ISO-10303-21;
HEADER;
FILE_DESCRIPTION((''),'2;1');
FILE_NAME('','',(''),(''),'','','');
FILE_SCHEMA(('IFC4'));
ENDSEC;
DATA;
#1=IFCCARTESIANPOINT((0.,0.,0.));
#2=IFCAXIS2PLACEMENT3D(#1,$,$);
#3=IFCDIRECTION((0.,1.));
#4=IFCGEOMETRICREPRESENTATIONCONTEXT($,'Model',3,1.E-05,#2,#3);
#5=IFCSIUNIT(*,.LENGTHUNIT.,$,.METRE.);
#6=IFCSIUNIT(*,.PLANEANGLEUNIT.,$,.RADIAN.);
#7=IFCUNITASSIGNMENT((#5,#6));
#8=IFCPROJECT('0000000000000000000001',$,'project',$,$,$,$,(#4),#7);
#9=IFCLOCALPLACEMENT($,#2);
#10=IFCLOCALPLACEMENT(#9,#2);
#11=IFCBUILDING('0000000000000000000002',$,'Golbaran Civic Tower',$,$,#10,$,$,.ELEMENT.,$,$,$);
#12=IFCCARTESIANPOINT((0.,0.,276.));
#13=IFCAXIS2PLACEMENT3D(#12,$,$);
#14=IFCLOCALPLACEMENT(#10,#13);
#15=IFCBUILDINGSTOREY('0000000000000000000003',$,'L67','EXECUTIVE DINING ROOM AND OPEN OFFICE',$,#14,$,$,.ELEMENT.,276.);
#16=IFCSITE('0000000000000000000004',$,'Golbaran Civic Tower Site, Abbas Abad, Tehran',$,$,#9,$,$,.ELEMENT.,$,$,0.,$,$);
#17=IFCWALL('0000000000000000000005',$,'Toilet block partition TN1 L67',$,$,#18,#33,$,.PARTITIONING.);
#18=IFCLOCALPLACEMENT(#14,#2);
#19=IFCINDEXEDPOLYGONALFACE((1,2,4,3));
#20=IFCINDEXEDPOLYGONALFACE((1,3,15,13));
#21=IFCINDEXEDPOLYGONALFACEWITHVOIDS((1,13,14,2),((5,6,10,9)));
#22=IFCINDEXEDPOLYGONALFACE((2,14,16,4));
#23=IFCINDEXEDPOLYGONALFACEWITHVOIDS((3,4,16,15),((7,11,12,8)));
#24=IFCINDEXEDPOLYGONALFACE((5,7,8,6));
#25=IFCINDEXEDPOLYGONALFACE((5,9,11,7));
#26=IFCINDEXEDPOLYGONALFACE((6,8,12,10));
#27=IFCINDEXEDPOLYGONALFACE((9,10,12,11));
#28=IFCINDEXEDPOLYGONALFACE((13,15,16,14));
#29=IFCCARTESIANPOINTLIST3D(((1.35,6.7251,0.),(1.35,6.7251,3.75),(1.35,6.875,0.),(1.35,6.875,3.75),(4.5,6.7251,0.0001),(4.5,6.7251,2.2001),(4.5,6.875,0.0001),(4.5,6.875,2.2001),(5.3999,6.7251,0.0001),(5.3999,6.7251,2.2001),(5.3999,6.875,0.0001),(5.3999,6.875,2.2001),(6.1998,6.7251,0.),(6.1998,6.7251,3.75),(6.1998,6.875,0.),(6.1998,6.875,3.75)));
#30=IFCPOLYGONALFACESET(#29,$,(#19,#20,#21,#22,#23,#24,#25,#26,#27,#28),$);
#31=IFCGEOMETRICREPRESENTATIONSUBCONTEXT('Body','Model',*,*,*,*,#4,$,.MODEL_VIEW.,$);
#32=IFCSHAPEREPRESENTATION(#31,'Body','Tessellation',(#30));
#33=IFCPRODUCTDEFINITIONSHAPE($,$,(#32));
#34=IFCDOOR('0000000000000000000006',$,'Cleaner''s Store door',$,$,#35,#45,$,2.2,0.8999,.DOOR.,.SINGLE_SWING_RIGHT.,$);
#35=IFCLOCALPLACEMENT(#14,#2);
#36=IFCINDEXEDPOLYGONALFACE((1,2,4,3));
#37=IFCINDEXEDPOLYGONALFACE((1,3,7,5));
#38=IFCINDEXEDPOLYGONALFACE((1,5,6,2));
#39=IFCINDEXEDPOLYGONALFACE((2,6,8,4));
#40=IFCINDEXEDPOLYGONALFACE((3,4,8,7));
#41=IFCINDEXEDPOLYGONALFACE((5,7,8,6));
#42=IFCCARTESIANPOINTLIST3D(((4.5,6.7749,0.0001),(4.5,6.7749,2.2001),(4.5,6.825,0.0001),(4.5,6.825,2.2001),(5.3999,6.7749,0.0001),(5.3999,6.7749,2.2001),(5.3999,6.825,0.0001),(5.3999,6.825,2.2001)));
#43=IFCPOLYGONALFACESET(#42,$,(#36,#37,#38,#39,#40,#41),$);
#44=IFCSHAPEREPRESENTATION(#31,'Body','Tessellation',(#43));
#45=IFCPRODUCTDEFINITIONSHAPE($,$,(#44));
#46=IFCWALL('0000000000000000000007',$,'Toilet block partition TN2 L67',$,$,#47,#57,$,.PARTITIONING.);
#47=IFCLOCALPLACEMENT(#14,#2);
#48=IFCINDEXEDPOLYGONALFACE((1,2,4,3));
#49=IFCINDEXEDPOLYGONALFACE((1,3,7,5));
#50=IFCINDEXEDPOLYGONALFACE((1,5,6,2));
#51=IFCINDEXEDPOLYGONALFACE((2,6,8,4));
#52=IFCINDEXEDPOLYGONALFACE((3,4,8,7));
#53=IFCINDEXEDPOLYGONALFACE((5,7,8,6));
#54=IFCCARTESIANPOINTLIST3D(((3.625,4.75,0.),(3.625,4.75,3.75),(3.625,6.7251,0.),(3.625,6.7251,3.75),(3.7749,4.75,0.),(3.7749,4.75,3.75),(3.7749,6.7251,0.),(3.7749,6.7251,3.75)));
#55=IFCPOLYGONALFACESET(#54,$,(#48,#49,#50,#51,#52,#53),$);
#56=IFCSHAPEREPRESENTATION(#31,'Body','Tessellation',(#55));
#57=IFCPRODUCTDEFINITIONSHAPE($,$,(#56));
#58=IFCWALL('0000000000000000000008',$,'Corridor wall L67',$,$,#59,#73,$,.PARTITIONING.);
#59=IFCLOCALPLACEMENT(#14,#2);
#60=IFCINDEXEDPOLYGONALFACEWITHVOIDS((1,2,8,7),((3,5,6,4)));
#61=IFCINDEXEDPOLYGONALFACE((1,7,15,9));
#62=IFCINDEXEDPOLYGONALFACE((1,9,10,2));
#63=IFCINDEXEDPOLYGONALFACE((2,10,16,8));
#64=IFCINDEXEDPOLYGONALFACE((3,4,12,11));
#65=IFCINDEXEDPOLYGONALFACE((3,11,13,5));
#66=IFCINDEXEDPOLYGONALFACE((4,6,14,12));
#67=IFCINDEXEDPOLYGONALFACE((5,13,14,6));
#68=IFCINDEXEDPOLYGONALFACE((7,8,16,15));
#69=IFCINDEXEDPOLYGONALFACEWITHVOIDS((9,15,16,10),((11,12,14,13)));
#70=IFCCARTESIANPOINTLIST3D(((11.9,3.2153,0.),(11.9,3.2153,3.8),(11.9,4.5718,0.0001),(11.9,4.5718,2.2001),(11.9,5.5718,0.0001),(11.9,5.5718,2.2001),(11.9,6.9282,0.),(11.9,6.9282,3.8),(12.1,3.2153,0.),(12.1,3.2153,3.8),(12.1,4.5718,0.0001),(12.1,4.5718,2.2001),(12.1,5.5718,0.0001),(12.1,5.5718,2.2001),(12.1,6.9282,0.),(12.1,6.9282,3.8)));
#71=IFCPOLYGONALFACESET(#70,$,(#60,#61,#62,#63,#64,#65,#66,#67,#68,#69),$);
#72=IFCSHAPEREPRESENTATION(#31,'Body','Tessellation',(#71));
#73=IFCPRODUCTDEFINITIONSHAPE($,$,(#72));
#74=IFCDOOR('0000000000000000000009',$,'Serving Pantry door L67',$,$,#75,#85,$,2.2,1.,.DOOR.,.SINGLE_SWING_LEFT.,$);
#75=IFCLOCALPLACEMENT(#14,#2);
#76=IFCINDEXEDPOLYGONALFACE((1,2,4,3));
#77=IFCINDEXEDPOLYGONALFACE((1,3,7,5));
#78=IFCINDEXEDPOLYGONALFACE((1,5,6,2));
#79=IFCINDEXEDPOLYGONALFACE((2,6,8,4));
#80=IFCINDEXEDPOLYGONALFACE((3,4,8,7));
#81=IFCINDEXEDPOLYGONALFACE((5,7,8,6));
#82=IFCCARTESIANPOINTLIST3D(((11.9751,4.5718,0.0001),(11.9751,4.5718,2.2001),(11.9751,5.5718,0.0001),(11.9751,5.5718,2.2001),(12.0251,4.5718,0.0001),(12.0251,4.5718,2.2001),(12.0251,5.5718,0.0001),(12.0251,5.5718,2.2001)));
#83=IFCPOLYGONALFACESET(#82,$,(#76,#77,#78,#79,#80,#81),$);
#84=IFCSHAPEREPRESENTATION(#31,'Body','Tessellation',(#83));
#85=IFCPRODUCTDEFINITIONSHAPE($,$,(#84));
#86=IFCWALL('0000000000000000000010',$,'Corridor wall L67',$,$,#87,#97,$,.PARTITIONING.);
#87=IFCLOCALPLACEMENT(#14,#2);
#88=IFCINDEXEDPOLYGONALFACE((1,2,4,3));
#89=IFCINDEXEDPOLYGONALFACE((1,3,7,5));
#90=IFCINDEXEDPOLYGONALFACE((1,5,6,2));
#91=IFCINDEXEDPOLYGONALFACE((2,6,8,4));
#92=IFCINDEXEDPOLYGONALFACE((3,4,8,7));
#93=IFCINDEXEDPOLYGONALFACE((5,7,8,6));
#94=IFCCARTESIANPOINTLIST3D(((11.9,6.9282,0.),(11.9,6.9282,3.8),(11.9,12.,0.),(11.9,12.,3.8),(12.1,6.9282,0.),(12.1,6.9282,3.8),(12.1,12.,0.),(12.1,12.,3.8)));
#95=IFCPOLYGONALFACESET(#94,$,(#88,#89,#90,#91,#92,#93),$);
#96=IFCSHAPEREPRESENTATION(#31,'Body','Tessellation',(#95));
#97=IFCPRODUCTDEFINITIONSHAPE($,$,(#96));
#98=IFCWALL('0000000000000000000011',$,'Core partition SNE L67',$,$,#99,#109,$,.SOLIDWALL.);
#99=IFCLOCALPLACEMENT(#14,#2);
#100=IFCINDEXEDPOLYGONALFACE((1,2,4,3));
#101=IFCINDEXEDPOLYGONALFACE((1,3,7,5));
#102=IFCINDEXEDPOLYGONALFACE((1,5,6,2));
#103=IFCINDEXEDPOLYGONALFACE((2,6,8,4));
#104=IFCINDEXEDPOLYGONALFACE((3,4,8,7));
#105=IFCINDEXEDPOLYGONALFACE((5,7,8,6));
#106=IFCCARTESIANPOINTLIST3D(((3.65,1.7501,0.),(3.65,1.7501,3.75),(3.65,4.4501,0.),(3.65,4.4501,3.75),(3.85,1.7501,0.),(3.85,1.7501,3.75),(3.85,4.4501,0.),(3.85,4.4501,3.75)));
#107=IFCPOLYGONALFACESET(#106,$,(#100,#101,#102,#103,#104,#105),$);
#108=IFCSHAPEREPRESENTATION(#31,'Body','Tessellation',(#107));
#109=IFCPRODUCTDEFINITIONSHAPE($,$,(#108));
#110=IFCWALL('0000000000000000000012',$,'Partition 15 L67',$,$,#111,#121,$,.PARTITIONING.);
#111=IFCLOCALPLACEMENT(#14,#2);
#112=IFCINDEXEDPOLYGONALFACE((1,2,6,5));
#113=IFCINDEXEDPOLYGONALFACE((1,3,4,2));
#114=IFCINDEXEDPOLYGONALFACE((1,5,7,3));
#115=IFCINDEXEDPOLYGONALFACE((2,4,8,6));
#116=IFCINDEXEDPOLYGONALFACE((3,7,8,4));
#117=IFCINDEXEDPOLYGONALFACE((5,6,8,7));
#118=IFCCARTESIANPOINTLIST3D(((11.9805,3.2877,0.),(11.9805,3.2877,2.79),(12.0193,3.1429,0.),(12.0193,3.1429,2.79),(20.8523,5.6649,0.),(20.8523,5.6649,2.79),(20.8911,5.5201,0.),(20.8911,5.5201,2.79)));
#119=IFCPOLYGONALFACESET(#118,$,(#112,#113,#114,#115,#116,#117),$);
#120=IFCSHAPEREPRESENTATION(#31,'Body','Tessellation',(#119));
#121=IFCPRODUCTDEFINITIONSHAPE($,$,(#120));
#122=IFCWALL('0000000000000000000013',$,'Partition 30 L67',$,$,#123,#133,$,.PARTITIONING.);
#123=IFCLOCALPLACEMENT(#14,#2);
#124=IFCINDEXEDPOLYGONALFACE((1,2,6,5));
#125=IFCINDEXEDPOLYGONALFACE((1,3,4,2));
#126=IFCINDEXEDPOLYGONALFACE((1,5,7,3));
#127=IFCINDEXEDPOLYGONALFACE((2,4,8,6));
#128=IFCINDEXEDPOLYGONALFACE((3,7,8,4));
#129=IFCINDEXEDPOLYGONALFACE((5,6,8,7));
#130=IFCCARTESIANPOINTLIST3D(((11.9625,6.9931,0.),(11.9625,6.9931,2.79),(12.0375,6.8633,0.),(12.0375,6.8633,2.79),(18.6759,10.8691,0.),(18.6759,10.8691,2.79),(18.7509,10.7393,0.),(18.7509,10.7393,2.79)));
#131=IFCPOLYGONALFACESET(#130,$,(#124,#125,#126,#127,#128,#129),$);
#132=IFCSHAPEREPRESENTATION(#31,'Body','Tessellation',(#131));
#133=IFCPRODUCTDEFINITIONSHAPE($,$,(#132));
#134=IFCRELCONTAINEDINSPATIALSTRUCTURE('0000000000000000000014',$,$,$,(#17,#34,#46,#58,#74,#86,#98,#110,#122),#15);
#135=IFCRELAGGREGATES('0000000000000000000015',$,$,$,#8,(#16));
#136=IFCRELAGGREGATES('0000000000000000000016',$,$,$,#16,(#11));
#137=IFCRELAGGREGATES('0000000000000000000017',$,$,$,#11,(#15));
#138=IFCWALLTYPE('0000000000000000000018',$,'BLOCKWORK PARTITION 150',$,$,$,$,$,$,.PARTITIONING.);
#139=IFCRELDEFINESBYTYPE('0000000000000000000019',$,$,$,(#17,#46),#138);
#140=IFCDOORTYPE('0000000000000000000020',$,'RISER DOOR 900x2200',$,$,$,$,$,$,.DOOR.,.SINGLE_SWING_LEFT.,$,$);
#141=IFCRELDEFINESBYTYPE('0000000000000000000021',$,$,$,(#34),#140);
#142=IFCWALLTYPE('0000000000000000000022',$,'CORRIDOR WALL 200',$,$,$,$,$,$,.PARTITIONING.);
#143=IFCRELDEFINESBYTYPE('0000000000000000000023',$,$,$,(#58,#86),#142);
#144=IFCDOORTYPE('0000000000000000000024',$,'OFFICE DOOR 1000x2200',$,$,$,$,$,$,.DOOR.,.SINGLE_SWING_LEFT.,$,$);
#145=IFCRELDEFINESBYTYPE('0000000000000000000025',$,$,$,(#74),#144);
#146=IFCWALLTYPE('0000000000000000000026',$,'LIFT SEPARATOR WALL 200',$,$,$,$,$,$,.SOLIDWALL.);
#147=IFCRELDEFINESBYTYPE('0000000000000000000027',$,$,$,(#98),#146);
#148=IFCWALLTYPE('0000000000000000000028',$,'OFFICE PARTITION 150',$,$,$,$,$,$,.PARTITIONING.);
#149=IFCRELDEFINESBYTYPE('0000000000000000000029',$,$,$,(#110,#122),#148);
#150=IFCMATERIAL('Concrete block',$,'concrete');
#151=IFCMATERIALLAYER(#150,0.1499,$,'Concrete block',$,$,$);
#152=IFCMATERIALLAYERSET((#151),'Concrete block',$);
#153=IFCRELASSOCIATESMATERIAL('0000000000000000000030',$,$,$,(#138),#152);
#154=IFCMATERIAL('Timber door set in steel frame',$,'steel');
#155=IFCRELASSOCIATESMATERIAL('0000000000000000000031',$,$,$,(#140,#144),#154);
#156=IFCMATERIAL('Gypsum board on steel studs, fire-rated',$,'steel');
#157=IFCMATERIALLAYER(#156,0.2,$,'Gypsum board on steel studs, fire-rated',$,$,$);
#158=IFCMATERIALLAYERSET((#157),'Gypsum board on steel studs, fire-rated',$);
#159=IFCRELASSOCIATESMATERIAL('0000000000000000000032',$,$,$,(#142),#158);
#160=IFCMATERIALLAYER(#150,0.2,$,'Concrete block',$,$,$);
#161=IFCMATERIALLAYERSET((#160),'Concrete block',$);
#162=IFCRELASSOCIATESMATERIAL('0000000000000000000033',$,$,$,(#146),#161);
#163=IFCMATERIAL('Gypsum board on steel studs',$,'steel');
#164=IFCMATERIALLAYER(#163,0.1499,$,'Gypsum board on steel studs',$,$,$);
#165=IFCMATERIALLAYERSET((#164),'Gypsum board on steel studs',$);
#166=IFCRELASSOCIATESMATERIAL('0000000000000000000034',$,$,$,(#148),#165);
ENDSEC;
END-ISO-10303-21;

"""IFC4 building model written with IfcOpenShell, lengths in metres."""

from ifc_helpers import new_model, si_unit, direction, frame, frame_2d, origin, place, context, subcontext, project, spatial, rectangle, extrude, material, layer, layer_set, type_object, element, fill, save


model = new_model("IFC4")

# Units and contexts
model_context = context("Model", 3, precision=1e-05, world=origin(), true_north=direction((0.0, 1.0)))
body_context = subcontext(model_context, "Body", "Model", "MODEL_VIEW")
ifc_project = project(units=[si_unit("LENGTHUNIT", "METRE"), si_unit("PLANEANGLEUNIT", "RADIAN")], contexts=[model_context])

# Site, building, storey
site_placement = place(None, origin())
site = spatial("IfcSite", under=ifc_project, at=site_placement, Name="Golbaran Civic Tower Site, Abbas Abad, Tehran", CompositionType="ELEMENT", RefElevation=0.0)
building_placement = place(site_placement, origin())
building = spatial("IfcBuilding", under=site, at=building_placement, Name="Golbaran Civic Tower", CompositionType="ELEMENT")
storey_placement = place(building_placement, frame((0.0, 0.0, 276.0)))
storey = spatial("IfcBuildingStorey", under=building, at=storey_placement, Name="L67", Description="EXECUTIVE DINING ROOM AND OPEN OFFICE", CompositionType="ELEMENT", Elevation=276.0)

# Wall, opening, door
ifc_material_1 = material(Name="Concrete block", Category="concrete")
ifc_layer_1 = layer(ifc_material_1, 0.1499, Name="Concrete block")
ifc_layer_set_1 = layer_set([ifc_layer_1], Name="Concrete block")
wall_type_1 = type_object("IfcWallType", Name="BLOCKWORK PARTITION 150", PredefinedType="PARTITIONING", material=ifc_layer_set_1)
wall_1_placement = place(storey_placement, frame((1.3501, 6.8, 0.0), z_axis=(0.0, 0.0, 1.0), x_axis=(1.0, 0.0, 0.0)))
wall_1 = element("IfcWall", 1, at=wall_1_placement, inside=storey, type_object=wall_type_1, Name="Toilet block partition TN1 L67", PredefinedType="PARTITIONING", context=body_context, shape_type="SweptSolid", body=[
    extrude(rectangle(XDim=4.8499, YDim=0.1499, at=frame_2d((2.4248, 0.0))), origin(), (0.0, 0.0, 1.0), 3.75),
])
opening_1_placement = place(wall_1_placement, frame((3.1499, 0.0, 0.0)))
opening_1 = element("IfcOpeningElement", 2, at=opening_1_placement, cuts=wall_1, PredefinedType="OPENING", context=body_context, shape_type="SweptSolid", body=[
    extrude(rectangle(XDim=0.8999, YDim=2.2, at=frame_2d((0.45, 1.1001))), frame((0.0, 0.085, 0.0), z_axis=(0.0, -1.0, 0.0), x_axis=(1.0, 0.0, 0.0)), (0.0, 0.0, 1.0), 0.1699),
])
ifc_material_2 = material(Name="Timber door set in steel frame", Category="steel")
door_type_1 = type_object("IfcDoorType", Name="RISER DOOR 900x2200", OperationType="SINGLE_SWING_LEFT", PredefinedType="DOOR", material=ifc_material_2)
door_1_placement = place(opening_1_placement, origin())
door_1 = element("IfcDoor", 3, at=door_1_placement, inside=storey, type_object=door_type_1, Name="Cleaner's Store door", OperationType="SINGLE_SWING_RIGHT", OverallHeight=2.2, OverallWidth=0.8999, PredefinedType="DOOR", context=body_context, shape_type="SweptSolid", body=[
    extrude(rectangle(XDim=0.8999, YDim=2.2, at=frame_2d((0.45, 1.1001))), frame((0.0, 0.0249, 0.0), z_axis=(0.0, -1.0, 0.0), x_axis=(1.0, 0.0, 0.0)), (0.0, 0.0, 1.0), 0.05),
])
fill(opening_1, door_1)

# Wall
wall_2_placement = place(storey_placement, frame((3.7, 4.75, 0.0), z_axis=(0.0, 0.0, 1.0), x_axis=(0.0, 1.0, 0.0)))
element("IfcWall", 4, at=wall_2_placement, inside=storey, type_object=wall_type_1, Name="Toilet block partition TN2 L67", PredefinedType="PARTITIONING", context=body_context, shape_type="SweptSolid", body=[
    extrude(rectangle(XDim=1.9751, YDim=0.1499, at=frame_2d((0.9875, 0.0))), origin(), (0.0, 0.0, 1.0), 3.75),
])

# Wall, opening, door
ifc_material_3 = material(Name="Gypsum board on steel studs, fire-rated", Category="steel")
ifc_layer_2 = layer(ifc_material_3, 0.2, Name="Gypsum board on steel studs, fire-rated")
ifc_layer_set_2 = layer_set([ifc_layer_2], Name="Gypsum board on steel studs, fire-rated")
wall_type_2 = type_object("IfcWallType", Name="CORRIDOR WALL 200", PredefinedType="PARTITIONING", material=ifc_layer_set_2)
wall_3_placement = place(storey_placement, frame((12.0, 3.2153, 0.0), z_axis=(0.0, 0.0, 1.0), x_axis=(0.0, 1.0, 0.0)))
wall_3 = element("IfcWall", 5, at=wall_3_placement, inside=storey, type_object=wall_type_2, Name="Corridor wall L67", PredefinedType="PARTITIONING", context=body_context, shape_type="SweptSolid", body=[
    extrude(rectangle(XDim=3.7129, YDim=0.2, at=frame_2d((1.8564, 0.0))), origin(), (0.0, 0.0, 1.0), 3.8),
])
opening_2_placement = place(wall_3_placement, frame((1.3564, 0.0, 0.0)))
opening_2 = element("IfcOpeningElement", 6, at=opening_2_placement, cuts=wall_3, PredefinedType="OPENING", context=body_context, shape_type="SweptSolid", body=[
    extrude(rectangle(XDim=1.0, YDim=2.2, at=frame_2d((0.5, 1.1001))), frame((0.0, 0.1099, 0.0), z_axis=(0.0, -1.0, 0.0), x_axis=(1.0, 0.0, 0.0)), (0.0, 0.0, 1.0), 0.22),
])
door_type_2 = type_object("IfcDoorType", Name="OFFICE DOOR 1000x2200", OperationType="SINGLE_SWING_LEFT", PredefinedType="DOOR", material=ifc_material_2)
door_2_placement = place(opening_2_placement, origin())
door_2 = element("IfcDoor", 7, at=door_2_placement, inside=storey, type_object=door_type_2, Name="Serving Pantry door L67", OperationType="SINGLE_SWING_LEFT", OverallHeight=2.2, OverallWidth=1.0, PredefinedType="DOOR", context=body_context, shape_type="SweptSolid", body=[
    extrude(rectangle(XDim=1.0, YDim=2.2, at=frame_2d((0.5, 1.1001))), frame((0.0, 0.0249, 0.0), z_axis=(0.0, -1.0, 0.0), x_axis=(1.0, 0.0, 0.0)), (0.0, 0.0, 1.0), 0.05),
])
fill(opening_2, door_2)

# Walls
wall_4_placement = place(storey_placement, frame((12.0, 6.9282, 0.0), z_axis=(0.0, 0.0, 1.0), x_axis=(0.0, 1.0, 0.0)))
element("IfcWall", 8, at=wall_4_placement, inside=storey, type_object=wall_type_2, Name="Corridor wall L67", PredefinedType="PARTITIONING", context=body_context, shape_type="SweptSolid", body=[
    extrude(rectangle(XDim=5.0718, YDim=0.2, at=frame_2d((2.5359, 0.0))), origin(), (0.0, 0.0, 1.0), 3.8),
])
ifc_layer_3 = layer(ifc_material_1, 0.2, Name="Concrete block")
ifc_layer_set_3 = layer_set([ifc_layer_3], Name="Concrete block")
wall_type_3 = type_object("IfcWallType", Name="LIFT SEPARATOR WALL 200", PredefinedType="SOLIDWALL", material=ifc_layer_set_3)
wall_5_placement = place(storey_placement, frame((3.75, 1.75, 0.0), z_axis=(0.0, 0.0, 1.0), x_axis=(0.0, 1.0, 0.0)))
element("IfcWall", 9, at=wall_5_placement, inside=storey, type_object=wall_type_3, Name="Core partition SNE L67", PredefinedType="SOLIDWALL", context=body_context, shape_type="SweptSolid", body=[
    extrude(rectangle(XDim=2.7, YDim=0.2, at=frame_2d((1.3501, 0.0))), origin(), (0.0, 0.0, 1.0), 3.75),
])
ifc_material_4 = material(Name="Gypsum board on steel studs", Category="steel")
ifc_layer_4 = layer(ifc_material_4, 0.1499, Name="Gypsum board on steel studs")
ifc_layer_set_4 = layer_set([ifc_layer_4], Name="Gypsum board on steel studs")
wall_type_4 = type_object("IfcWallType", Name="OFFICE PARTITION 150", PredefinedType="PARTITIONING", material=ifc_layer_set_4)
wall_6_placement = place(storey_placement, frame((12.0, 3.2153, 0.0), z_axis=(0.0, 0.0, 1.0), x_axis=(0.965926, 0.258819, 0.0)))
element("IfcWall", 10, at=wall_6_placement, inside=storey, type_object=wall_type_4, Name="Partition 15 L67", PredefinedType="PARTITIONING", context=body_context, shape_type="SweptSolid", body=[
    extrude(rectangle(XDim=9.1848, YDim=0.1499, at=frame_2d((4.5923, 0.0))), origin(), (0.0, 0.0, 1.0), 2.79),
])
wall_7_placement = place(storey_placement, frame((12.0, 6.9282, 0.0), z_axis=(0.0, 0.0, 1.0), x_axis=(0.866025, 0.500001, 0.0)))
element("IfcWall", 11, at=wall_7_placement, inside=storey, type_object=wall_type_4, Name="Partition 30 L67", PredefinedType="PARTITIONING", context=body_context, shape_type="SweptSolid", body=[
    extrude(rectangle(XDim=7.752, YDim=0.1499, at=frame_2d((3.876, 0.0))), origin(), (0.0, 0.0, 1.0), 2.79),
])

save(model, "model.ifc")
